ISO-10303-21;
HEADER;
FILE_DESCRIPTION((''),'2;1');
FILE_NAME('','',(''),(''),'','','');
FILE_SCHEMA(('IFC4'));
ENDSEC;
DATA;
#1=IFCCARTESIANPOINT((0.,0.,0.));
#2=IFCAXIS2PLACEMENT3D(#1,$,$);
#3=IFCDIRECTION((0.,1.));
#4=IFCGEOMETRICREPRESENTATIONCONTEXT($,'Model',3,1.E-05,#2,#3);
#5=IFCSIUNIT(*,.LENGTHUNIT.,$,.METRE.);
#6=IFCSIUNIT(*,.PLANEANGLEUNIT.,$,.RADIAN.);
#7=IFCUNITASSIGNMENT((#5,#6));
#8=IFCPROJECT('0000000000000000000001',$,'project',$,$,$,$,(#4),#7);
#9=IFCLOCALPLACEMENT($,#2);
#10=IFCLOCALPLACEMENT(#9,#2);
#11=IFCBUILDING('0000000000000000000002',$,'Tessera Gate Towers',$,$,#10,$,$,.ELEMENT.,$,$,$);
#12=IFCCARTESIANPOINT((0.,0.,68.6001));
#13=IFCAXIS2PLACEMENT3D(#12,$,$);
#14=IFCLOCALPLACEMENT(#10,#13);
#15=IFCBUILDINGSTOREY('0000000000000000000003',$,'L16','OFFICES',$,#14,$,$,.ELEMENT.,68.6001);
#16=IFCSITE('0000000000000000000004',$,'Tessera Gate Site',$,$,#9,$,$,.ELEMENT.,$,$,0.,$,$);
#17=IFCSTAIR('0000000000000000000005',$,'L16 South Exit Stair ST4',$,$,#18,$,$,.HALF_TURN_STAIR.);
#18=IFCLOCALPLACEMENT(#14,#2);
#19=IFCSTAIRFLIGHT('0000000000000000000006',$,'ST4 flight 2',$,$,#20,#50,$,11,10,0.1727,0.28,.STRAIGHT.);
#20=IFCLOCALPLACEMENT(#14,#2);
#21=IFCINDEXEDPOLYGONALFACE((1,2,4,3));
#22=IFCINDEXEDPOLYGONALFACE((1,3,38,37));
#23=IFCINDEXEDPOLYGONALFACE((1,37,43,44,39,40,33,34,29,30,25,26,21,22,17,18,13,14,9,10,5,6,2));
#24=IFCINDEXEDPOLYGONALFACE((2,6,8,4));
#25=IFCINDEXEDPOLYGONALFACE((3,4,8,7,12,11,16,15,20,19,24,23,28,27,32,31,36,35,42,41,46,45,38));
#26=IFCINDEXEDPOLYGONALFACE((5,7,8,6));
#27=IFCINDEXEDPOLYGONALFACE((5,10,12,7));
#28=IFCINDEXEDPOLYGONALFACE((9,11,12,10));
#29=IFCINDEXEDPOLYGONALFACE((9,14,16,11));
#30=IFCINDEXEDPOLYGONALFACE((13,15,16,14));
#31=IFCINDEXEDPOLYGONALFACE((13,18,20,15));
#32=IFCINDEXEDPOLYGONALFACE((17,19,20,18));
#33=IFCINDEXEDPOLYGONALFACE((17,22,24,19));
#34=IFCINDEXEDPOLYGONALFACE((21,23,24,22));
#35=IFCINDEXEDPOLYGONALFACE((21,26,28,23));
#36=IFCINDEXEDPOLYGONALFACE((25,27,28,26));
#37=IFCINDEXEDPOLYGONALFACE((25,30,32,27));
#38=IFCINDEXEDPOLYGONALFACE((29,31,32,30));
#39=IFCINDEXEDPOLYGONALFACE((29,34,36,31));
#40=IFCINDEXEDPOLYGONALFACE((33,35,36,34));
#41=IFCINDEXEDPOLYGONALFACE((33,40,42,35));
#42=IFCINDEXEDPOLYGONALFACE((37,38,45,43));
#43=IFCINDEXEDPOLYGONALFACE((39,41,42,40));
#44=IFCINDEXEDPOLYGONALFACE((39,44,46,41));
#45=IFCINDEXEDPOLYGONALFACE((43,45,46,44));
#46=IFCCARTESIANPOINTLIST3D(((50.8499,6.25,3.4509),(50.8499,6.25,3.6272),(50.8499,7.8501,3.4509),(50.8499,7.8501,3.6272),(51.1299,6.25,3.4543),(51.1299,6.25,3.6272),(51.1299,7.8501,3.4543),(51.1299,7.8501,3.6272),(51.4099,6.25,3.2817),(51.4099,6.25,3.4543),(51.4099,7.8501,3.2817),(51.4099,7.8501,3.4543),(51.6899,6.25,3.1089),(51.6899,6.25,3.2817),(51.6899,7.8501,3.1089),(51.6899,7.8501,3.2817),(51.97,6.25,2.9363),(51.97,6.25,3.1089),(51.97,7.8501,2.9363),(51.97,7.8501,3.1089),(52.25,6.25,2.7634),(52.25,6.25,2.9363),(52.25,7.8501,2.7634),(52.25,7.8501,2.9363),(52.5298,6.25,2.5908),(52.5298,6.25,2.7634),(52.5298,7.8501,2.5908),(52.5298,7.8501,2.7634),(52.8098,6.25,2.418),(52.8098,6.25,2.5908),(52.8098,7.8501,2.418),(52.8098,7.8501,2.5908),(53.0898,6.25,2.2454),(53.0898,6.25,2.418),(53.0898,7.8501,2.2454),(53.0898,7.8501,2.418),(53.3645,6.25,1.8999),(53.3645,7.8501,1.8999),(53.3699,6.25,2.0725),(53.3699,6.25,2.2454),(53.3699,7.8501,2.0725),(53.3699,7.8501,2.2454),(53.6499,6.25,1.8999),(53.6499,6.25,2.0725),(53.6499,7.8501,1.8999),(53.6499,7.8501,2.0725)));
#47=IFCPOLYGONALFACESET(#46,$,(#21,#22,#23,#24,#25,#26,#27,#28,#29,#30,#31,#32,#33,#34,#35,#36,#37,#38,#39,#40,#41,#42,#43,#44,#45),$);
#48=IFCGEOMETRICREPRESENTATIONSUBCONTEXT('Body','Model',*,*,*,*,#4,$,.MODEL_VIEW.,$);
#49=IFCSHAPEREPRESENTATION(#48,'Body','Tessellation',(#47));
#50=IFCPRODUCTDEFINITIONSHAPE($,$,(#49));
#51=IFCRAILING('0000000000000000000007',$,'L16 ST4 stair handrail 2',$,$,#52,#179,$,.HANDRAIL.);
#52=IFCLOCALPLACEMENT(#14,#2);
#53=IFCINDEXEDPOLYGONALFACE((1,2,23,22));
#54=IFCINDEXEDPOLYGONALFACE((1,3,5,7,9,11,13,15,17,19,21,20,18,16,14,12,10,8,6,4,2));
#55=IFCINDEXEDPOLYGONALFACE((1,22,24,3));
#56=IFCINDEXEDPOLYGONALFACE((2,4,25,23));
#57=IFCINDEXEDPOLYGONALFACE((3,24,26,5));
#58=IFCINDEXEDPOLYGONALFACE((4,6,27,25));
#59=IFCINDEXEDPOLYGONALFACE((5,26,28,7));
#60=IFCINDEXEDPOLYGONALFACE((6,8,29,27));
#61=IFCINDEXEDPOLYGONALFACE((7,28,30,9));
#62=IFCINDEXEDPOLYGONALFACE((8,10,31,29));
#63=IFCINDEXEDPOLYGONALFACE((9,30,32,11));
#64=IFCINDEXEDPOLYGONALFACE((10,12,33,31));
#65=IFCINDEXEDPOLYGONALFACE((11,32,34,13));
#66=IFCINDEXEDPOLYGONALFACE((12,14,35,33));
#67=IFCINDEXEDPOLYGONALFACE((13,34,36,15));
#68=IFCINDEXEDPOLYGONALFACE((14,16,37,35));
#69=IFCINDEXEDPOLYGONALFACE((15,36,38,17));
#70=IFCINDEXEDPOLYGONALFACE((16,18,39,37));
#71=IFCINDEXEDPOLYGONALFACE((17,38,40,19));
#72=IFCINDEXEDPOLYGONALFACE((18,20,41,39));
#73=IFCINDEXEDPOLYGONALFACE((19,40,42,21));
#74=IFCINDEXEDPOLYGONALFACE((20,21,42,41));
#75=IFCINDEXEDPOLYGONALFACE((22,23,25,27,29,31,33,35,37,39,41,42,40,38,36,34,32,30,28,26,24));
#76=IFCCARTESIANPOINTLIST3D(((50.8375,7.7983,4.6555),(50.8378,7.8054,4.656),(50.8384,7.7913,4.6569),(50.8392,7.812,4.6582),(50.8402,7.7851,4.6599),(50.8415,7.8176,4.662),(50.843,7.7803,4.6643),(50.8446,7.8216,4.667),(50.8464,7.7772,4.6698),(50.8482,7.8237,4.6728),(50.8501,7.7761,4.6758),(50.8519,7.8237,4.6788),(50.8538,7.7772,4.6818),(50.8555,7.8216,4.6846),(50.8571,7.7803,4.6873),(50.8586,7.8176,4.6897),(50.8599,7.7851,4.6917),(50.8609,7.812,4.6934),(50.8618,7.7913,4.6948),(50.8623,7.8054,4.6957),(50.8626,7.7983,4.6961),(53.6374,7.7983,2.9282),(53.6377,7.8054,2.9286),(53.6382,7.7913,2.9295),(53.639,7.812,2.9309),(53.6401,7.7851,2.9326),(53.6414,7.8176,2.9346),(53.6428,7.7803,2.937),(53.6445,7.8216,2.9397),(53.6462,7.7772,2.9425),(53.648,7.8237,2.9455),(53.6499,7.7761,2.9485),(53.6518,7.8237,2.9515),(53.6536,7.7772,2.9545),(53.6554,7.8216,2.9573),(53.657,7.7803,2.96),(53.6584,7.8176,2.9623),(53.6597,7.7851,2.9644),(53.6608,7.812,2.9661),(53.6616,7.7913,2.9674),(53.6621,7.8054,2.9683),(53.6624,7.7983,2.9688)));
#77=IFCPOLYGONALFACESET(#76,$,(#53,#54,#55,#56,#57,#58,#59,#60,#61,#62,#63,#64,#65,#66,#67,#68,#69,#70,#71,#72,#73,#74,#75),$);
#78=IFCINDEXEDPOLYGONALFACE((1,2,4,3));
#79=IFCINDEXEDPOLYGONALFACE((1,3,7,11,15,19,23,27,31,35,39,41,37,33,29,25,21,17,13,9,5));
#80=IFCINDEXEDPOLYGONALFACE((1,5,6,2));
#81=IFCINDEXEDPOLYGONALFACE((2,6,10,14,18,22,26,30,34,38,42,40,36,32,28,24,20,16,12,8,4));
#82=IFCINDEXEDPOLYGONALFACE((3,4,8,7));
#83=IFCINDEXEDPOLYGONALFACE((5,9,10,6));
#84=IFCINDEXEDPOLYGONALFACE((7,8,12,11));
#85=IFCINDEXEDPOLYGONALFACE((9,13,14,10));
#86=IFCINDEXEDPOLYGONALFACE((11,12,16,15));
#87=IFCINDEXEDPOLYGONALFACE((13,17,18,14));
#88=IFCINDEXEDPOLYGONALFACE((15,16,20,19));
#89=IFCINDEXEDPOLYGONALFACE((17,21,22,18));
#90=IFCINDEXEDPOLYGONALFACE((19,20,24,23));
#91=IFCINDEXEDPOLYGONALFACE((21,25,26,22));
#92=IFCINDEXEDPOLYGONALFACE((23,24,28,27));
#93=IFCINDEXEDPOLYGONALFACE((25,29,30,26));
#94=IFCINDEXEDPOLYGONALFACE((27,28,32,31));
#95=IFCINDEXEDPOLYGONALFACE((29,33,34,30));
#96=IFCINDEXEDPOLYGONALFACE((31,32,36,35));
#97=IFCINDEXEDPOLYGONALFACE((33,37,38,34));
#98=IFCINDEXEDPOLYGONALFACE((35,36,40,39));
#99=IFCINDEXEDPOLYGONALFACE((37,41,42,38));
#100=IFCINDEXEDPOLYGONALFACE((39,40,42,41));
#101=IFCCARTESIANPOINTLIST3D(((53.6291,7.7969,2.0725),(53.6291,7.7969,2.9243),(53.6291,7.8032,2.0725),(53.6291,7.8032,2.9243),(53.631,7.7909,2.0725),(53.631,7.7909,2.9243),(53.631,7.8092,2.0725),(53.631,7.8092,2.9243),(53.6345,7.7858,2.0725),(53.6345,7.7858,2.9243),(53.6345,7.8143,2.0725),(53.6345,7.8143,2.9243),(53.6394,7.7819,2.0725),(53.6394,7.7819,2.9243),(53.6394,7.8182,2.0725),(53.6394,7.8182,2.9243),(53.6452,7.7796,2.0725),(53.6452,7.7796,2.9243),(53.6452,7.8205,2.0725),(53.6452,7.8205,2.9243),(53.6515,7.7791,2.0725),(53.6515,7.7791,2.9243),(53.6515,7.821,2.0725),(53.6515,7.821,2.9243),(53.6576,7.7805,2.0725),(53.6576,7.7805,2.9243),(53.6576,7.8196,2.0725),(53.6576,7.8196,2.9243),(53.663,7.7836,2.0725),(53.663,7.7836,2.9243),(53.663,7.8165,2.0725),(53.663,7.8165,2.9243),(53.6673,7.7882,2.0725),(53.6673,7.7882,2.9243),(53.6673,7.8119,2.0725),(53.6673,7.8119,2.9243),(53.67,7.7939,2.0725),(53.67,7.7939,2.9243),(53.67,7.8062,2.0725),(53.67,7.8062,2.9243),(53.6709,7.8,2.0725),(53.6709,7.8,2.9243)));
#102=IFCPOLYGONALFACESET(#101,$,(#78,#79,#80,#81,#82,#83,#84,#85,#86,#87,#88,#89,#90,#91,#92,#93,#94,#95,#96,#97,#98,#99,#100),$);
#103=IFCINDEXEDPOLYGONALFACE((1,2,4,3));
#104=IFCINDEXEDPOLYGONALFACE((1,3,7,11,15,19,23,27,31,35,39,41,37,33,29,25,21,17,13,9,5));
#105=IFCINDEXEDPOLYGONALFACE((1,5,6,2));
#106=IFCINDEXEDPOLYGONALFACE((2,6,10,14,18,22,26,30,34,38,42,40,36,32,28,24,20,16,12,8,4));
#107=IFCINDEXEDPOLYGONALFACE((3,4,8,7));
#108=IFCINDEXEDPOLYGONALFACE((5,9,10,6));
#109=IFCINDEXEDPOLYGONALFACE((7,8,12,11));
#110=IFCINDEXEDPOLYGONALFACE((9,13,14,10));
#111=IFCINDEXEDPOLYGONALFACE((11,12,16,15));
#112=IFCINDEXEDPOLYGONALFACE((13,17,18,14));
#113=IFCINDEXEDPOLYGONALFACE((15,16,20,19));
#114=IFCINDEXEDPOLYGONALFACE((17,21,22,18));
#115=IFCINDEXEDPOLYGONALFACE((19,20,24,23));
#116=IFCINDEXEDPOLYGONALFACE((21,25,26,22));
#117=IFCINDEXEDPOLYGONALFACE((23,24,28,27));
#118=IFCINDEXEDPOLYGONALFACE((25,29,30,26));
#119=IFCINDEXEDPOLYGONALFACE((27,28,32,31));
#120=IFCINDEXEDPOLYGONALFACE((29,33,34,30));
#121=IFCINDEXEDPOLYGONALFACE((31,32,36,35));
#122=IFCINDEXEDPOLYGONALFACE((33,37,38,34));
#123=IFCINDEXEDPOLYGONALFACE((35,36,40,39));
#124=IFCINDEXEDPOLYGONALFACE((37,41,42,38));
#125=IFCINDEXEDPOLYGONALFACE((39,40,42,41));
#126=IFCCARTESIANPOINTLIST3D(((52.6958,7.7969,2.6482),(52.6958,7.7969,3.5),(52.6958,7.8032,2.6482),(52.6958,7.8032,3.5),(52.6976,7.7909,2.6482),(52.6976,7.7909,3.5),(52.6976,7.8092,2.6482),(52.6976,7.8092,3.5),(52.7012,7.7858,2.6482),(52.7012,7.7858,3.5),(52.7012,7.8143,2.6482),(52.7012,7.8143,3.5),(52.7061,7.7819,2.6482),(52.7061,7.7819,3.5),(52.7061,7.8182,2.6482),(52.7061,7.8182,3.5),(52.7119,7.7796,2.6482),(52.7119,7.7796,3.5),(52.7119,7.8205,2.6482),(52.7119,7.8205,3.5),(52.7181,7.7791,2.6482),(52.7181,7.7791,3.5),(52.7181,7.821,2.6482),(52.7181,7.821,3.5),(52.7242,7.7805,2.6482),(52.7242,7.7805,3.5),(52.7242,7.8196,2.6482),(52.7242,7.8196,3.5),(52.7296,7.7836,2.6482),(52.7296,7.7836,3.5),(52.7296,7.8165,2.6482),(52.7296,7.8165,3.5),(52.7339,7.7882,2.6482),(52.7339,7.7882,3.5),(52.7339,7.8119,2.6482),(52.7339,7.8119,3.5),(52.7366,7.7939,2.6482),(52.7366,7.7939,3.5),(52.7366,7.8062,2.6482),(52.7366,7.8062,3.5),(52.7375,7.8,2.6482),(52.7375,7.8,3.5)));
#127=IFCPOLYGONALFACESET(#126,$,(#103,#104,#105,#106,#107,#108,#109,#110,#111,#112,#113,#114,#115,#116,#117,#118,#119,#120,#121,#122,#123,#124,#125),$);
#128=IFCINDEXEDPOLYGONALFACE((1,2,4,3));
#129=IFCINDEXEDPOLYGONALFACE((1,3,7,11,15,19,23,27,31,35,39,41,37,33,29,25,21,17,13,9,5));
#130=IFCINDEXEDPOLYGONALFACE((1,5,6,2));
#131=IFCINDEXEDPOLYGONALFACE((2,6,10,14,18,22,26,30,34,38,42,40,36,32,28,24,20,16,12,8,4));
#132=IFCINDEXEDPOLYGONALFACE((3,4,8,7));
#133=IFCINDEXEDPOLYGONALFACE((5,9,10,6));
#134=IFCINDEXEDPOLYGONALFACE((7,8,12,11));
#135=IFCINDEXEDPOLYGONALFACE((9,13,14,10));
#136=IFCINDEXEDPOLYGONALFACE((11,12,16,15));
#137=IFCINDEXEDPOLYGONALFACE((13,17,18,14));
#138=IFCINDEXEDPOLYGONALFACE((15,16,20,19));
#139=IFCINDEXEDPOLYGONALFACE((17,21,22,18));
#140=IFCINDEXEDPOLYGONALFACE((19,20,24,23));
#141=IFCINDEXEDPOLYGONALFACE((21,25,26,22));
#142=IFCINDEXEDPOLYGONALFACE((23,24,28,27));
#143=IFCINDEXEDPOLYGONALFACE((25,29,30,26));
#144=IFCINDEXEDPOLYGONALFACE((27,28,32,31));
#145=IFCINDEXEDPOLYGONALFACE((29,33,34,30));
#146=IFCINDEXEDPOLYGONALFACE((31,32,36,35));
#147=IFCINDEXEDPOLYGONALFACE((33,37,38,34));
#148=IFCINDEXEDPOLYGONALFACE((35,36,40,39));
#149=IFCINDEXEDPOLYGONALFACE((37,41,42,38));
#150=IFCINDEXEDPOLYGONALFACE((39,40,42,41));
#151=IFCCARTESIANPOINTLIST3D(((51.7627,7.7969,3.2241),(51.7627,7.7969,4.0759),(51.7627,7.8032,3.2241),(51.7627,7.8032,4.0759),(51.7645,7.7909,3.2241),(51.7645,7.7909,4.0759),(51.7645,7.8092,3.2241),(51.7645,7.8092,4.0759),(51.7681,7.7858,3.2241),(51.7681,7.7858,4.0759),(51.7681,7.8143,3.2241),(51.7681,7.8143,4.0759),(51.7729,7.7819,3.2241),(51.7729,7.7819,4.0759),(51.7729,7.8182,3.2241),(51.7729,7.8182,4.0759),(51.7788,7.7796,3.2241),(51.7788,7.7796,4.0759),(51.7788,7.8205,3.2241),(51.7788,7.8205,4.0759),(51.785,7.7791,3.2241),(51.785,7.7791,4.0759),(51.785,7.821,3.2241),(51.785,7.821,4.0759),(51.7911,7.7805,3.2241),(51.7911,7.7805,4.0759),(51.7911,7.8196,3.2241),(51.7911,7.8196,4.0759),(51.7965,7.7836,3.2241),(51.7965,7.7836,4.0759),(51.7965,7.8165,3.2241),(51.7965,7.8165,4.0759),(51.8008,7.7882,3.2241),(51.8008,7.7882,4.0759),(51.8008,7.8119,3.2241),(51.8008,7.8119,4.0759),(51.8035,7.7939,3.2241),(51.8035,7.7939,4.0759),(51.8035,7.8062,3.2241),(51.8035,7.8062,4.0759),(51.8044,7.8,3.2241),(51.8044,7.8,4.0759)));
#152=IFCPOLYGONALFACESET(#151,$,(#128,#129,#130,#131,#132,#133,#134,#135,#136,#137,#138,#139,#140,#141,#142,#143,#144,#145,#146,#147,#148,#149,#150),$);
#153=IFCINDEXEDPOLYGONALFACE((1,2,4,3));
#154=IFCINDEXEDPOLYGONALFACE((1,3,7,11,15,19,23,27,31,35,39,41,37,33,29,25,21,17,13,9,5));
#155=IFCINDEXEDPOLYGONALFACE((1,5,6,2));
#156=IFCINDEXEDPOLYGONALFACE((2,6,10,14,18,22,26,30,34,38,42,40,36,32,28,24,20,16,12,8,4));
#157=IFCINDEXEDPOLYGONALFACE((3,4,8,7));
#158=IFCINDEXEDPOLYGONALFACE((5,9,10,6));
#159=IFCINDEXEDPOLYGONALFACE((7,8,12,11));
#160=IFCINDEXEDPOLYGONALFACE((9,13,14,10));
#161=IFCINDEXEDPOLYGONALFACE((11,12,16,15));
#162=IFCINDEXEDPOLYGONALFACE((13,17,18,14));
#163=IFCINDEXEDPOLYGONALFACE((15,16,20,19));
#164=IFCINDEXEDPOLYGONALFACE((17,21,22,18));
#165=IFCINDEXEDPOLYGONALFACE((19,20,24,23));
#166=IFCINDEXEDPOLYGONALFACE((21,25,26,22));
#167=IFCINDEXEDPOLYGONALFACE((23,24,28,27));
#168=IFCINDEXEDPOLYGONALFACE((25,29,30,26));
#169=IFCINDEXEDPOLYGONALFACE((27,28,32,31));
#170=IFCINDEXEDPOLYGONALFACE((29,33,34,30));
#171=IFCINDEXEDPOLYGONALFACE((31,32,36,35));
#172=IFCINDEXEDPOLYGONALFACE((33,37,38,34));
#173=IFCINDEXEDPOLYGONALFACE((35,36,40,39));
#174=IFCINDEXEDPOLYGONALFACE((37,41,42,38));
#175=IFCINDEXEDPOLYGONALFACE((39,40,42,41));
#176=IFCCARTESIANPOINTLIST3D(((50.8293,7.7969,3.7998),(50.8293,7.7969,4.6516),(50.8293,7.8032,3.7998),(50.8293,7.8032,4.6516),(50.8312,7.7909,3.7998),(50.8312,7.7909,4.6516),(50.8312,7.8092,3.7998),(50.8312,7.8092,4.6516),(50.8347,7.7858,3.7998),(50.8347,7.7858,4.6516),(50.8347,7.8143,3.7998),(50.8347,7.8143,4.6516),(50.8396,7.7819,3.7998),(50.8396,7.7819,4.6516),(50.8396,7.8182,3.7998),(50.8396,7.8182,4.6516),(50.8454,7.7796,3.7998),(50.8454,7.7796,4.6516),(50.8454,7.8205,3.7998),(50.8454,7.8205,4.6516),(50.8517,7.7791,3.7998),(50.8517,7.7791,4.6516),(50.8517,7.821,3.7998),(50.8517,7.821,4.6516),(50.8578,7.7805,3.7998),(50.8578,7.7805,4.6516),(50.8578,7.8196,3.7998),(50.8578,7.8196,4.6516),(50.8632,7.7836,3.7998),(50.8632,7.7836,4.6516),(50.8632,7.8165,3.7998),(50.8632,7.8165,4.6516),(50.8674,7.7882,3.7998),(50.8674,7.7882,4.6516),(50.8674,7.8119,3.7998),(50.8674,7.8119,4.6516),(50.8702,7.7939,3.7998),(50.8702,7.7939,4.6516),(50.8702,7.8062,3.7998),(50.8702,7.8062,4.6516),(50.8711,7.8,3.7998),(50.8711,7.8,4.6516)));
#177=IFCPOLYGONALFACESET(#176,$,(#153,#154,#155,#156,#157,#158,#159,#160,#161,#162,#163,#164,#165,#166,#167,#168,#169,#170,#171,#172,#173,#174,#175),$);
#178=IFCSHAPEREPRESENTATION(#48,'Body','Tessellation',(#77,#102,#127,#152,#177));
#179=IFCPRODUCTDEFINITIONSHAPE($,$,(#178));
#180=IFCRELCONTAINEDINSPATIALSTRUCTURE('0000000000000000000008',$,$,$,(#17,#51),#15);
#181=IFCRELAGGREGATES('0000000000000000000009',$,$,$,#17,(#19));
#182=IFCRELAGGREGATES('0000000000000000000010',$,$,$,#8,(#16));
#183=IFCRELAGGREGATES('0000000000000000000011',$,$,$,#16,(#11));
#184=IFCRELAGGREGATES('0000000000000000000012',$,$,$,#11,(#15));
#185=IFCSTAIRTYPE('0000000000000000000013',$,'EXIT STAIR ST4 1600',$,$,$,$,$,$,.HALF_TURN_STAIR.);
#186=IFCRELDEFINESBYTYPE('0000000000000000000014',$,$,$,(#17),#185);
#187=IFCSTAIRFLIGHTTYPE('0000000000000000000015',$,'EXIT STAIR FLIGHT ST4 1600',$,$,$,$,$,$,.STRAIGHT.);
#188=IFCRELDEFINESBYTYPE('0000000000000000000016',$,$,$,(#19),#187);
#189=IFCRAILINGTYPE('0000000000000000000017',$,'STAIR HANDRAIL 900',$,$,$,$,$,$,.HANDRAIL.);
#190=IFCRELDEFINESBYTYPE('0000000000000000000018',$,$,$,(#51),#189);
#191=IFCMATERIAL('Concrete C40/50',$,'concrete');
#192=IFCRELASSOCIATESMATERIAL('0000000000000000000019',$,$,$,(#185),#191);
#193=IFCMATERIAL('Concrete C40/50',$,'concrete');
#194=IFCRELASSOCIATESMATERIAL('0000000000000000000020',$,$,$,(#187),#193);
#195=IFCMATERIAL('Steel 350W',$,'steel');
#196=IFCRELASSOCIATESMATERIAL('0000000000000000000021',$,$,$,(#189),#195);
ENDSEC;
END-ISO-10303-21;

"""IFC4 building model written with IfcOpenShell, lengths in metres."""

from ifc_helpers import new_model, si_unit, direction, frame, origin, origin_2d, place, context, subcontext, project, spatial, polyline, circle, outline, extrude, material, type_object, element, aggregate, save


model = new_model("IFC4")

# Units and contexts
model_context = context("Model", 3, precision=1e-05, world=origin(), true_north=direction((0.0, 1.0)))
body_context = subcontext(model_context, "Body", "Model", "MODEL_VIEW")
ifc_project = project(units=[si_unit("LENGTHUNIT", "METRE"), si_unit("PLANEANGLEUNIT", "RADIAN")], contexts=[model_context])

# Site, building, storey
site_placement = place(None, origin())
site = spatial("IfcSite", under=ifc_project, at=site_placement, Name="Tessera Gate Site", CompositionType="ELEMENT", RefElevation=0.0)
building_placement = place(site_placement, origin())
building = spatial("IfcBuilding", under=site, at=building_placement, Name="Tessera Gate Towers", CompositionType="ELEMENT")
storey_placement = place(building_placement, frame((0.0, 0.0, 68.6001)))
storey = spatial("IfcBuildingStorey", under=building, at=storey_placement, Name="L16", Description="OFFICES", CompositionType="ELEMENT", Elevation=68.6001)

# Stair, stair flight
ifc_material_1 = material(Name="Concrete C40/50", Category="concrete")
stair_type = type_object("IfcStairType", Name="EXIT STAIR ST4 1600", PredefinedType="HALF_TURN_STAIR", material=ifc_material_1)
stair_placement = place(storey_placement, origin())
stair = element("IfcStair", 1, at=stair_placement, inside=storey, type_object=stair_type, Name="L16 South Exit Stair ST4", PredefinedType="HALF_TURN_STAIR")
ifc_material_2 = material(Name="Concrete C40/50", Category="concrete")
stair_flight_type = type_object("IfcStairFlightType", Name="EXIT STAIR FLIGHT ST4 1600", PredefinedType="STRAIGHT", material=ifc_material_2)
stair_flight_placement = place(storey_placement, frame((53.6499, 7.05, 1.8999), z_axis=(0.0, 0.0, 1.0), x_axis=(-1.0, 0.0, 0.0)))
stair_flight = element("IfcStairFlight", 2, at=stair_flight_placement, type_object=stair_flight_type, Name="ST4 flight 2", NumberOfRisers=11, NumberOfTreads=10, PredefinedType="STRAIGHT", RiserHeight=0.1727, TreadLength=0.28, context=body_context, shape_type="SweptSolid", body=[
    extrude(outline(polyline([(0.0, 0.0), (0.0, 0.1726), (0.28, 0.1726), (0.28, 0.3455), (0.5601, 0.3455), (0.5601, 0.5181), (0.8401, 0.5181), (0.8401, 0.6909), (1.1201, 0.6909), (1.1201, 0.8635), (1.3999, 0.8635), (1.3999, 1.0364), (1.6799, 1.0364), (1.6799, 1.209), (1.96, 1.209), (1.96, 1.3818), (2.24, 1.3818), (2.24, 1.5544), (2.52, 1.5544), (2.52, 1.7273), (2.8, 1.7273), (2.8, 1.8999), (2.8, 1.551), (0.2854, 0.0), (0.0, 0.0)])), frame((0.0, 0.8, 0.0), z_axis=(0.0, -1.0, 0.0), x_axis=(1.0, 0.0, 0.0)), (0.0, 0.0, 1.0), 1.6001),
])
aggregate(stair, [stair_flight])

# Railing
ifc_material_3 = material(Name="Steel 350W", Category="steel")
railing_type = type_object("IfcRailingType", Name="STAIR HANDRAIL 900", PredefinedType="HANDRAIL", material=ifc_material_3)
railing_placement = place(storey_placement, frame((53.6499, 7.8, 2.0725)))
element("IfcRailing", 3, at=railing_placement, inside=storey, type_object=railing_type, Name="L16 ST4 stair handrail 2", PredefinedType="HANDRAIL", context=body_context, shape_type="SweptSolid", body=[
    extrude(circle(Radius=0.0239, at=origin_2d()), frame((0.0, 0.0, 0.876), z_axis=(-0.851069, 0.0, 0.525054), x_axis=(0.0, -1.0, 0.0)), (0.0, 0.0, 1.0), 3.2898),
    extrude(circle(Radius=0.021, at=origin_2d()), origin(), (0.0, 0.0, 1.0), 0.8518),
    extrude(circle(Radius=0.021, at=origin_2d()), frame((-0.9333, 0.0, 0.5757)), (0.0, 0.0, 1.0), 0.8518),
    extrude(circle(Radius=0.021, at=origin_2d()), frame((-1.8665, 0.0, 1.1516)), (0.0, 0.0, 1.0), 0.8518),
    extrude(circle(Radius=0.021, at=origin_2d()), frame((-2.7998, 0.0, 1.7273)), (0.0, 0.0, 1.0), 0.8518),
])

save(model, "model.ifc")
